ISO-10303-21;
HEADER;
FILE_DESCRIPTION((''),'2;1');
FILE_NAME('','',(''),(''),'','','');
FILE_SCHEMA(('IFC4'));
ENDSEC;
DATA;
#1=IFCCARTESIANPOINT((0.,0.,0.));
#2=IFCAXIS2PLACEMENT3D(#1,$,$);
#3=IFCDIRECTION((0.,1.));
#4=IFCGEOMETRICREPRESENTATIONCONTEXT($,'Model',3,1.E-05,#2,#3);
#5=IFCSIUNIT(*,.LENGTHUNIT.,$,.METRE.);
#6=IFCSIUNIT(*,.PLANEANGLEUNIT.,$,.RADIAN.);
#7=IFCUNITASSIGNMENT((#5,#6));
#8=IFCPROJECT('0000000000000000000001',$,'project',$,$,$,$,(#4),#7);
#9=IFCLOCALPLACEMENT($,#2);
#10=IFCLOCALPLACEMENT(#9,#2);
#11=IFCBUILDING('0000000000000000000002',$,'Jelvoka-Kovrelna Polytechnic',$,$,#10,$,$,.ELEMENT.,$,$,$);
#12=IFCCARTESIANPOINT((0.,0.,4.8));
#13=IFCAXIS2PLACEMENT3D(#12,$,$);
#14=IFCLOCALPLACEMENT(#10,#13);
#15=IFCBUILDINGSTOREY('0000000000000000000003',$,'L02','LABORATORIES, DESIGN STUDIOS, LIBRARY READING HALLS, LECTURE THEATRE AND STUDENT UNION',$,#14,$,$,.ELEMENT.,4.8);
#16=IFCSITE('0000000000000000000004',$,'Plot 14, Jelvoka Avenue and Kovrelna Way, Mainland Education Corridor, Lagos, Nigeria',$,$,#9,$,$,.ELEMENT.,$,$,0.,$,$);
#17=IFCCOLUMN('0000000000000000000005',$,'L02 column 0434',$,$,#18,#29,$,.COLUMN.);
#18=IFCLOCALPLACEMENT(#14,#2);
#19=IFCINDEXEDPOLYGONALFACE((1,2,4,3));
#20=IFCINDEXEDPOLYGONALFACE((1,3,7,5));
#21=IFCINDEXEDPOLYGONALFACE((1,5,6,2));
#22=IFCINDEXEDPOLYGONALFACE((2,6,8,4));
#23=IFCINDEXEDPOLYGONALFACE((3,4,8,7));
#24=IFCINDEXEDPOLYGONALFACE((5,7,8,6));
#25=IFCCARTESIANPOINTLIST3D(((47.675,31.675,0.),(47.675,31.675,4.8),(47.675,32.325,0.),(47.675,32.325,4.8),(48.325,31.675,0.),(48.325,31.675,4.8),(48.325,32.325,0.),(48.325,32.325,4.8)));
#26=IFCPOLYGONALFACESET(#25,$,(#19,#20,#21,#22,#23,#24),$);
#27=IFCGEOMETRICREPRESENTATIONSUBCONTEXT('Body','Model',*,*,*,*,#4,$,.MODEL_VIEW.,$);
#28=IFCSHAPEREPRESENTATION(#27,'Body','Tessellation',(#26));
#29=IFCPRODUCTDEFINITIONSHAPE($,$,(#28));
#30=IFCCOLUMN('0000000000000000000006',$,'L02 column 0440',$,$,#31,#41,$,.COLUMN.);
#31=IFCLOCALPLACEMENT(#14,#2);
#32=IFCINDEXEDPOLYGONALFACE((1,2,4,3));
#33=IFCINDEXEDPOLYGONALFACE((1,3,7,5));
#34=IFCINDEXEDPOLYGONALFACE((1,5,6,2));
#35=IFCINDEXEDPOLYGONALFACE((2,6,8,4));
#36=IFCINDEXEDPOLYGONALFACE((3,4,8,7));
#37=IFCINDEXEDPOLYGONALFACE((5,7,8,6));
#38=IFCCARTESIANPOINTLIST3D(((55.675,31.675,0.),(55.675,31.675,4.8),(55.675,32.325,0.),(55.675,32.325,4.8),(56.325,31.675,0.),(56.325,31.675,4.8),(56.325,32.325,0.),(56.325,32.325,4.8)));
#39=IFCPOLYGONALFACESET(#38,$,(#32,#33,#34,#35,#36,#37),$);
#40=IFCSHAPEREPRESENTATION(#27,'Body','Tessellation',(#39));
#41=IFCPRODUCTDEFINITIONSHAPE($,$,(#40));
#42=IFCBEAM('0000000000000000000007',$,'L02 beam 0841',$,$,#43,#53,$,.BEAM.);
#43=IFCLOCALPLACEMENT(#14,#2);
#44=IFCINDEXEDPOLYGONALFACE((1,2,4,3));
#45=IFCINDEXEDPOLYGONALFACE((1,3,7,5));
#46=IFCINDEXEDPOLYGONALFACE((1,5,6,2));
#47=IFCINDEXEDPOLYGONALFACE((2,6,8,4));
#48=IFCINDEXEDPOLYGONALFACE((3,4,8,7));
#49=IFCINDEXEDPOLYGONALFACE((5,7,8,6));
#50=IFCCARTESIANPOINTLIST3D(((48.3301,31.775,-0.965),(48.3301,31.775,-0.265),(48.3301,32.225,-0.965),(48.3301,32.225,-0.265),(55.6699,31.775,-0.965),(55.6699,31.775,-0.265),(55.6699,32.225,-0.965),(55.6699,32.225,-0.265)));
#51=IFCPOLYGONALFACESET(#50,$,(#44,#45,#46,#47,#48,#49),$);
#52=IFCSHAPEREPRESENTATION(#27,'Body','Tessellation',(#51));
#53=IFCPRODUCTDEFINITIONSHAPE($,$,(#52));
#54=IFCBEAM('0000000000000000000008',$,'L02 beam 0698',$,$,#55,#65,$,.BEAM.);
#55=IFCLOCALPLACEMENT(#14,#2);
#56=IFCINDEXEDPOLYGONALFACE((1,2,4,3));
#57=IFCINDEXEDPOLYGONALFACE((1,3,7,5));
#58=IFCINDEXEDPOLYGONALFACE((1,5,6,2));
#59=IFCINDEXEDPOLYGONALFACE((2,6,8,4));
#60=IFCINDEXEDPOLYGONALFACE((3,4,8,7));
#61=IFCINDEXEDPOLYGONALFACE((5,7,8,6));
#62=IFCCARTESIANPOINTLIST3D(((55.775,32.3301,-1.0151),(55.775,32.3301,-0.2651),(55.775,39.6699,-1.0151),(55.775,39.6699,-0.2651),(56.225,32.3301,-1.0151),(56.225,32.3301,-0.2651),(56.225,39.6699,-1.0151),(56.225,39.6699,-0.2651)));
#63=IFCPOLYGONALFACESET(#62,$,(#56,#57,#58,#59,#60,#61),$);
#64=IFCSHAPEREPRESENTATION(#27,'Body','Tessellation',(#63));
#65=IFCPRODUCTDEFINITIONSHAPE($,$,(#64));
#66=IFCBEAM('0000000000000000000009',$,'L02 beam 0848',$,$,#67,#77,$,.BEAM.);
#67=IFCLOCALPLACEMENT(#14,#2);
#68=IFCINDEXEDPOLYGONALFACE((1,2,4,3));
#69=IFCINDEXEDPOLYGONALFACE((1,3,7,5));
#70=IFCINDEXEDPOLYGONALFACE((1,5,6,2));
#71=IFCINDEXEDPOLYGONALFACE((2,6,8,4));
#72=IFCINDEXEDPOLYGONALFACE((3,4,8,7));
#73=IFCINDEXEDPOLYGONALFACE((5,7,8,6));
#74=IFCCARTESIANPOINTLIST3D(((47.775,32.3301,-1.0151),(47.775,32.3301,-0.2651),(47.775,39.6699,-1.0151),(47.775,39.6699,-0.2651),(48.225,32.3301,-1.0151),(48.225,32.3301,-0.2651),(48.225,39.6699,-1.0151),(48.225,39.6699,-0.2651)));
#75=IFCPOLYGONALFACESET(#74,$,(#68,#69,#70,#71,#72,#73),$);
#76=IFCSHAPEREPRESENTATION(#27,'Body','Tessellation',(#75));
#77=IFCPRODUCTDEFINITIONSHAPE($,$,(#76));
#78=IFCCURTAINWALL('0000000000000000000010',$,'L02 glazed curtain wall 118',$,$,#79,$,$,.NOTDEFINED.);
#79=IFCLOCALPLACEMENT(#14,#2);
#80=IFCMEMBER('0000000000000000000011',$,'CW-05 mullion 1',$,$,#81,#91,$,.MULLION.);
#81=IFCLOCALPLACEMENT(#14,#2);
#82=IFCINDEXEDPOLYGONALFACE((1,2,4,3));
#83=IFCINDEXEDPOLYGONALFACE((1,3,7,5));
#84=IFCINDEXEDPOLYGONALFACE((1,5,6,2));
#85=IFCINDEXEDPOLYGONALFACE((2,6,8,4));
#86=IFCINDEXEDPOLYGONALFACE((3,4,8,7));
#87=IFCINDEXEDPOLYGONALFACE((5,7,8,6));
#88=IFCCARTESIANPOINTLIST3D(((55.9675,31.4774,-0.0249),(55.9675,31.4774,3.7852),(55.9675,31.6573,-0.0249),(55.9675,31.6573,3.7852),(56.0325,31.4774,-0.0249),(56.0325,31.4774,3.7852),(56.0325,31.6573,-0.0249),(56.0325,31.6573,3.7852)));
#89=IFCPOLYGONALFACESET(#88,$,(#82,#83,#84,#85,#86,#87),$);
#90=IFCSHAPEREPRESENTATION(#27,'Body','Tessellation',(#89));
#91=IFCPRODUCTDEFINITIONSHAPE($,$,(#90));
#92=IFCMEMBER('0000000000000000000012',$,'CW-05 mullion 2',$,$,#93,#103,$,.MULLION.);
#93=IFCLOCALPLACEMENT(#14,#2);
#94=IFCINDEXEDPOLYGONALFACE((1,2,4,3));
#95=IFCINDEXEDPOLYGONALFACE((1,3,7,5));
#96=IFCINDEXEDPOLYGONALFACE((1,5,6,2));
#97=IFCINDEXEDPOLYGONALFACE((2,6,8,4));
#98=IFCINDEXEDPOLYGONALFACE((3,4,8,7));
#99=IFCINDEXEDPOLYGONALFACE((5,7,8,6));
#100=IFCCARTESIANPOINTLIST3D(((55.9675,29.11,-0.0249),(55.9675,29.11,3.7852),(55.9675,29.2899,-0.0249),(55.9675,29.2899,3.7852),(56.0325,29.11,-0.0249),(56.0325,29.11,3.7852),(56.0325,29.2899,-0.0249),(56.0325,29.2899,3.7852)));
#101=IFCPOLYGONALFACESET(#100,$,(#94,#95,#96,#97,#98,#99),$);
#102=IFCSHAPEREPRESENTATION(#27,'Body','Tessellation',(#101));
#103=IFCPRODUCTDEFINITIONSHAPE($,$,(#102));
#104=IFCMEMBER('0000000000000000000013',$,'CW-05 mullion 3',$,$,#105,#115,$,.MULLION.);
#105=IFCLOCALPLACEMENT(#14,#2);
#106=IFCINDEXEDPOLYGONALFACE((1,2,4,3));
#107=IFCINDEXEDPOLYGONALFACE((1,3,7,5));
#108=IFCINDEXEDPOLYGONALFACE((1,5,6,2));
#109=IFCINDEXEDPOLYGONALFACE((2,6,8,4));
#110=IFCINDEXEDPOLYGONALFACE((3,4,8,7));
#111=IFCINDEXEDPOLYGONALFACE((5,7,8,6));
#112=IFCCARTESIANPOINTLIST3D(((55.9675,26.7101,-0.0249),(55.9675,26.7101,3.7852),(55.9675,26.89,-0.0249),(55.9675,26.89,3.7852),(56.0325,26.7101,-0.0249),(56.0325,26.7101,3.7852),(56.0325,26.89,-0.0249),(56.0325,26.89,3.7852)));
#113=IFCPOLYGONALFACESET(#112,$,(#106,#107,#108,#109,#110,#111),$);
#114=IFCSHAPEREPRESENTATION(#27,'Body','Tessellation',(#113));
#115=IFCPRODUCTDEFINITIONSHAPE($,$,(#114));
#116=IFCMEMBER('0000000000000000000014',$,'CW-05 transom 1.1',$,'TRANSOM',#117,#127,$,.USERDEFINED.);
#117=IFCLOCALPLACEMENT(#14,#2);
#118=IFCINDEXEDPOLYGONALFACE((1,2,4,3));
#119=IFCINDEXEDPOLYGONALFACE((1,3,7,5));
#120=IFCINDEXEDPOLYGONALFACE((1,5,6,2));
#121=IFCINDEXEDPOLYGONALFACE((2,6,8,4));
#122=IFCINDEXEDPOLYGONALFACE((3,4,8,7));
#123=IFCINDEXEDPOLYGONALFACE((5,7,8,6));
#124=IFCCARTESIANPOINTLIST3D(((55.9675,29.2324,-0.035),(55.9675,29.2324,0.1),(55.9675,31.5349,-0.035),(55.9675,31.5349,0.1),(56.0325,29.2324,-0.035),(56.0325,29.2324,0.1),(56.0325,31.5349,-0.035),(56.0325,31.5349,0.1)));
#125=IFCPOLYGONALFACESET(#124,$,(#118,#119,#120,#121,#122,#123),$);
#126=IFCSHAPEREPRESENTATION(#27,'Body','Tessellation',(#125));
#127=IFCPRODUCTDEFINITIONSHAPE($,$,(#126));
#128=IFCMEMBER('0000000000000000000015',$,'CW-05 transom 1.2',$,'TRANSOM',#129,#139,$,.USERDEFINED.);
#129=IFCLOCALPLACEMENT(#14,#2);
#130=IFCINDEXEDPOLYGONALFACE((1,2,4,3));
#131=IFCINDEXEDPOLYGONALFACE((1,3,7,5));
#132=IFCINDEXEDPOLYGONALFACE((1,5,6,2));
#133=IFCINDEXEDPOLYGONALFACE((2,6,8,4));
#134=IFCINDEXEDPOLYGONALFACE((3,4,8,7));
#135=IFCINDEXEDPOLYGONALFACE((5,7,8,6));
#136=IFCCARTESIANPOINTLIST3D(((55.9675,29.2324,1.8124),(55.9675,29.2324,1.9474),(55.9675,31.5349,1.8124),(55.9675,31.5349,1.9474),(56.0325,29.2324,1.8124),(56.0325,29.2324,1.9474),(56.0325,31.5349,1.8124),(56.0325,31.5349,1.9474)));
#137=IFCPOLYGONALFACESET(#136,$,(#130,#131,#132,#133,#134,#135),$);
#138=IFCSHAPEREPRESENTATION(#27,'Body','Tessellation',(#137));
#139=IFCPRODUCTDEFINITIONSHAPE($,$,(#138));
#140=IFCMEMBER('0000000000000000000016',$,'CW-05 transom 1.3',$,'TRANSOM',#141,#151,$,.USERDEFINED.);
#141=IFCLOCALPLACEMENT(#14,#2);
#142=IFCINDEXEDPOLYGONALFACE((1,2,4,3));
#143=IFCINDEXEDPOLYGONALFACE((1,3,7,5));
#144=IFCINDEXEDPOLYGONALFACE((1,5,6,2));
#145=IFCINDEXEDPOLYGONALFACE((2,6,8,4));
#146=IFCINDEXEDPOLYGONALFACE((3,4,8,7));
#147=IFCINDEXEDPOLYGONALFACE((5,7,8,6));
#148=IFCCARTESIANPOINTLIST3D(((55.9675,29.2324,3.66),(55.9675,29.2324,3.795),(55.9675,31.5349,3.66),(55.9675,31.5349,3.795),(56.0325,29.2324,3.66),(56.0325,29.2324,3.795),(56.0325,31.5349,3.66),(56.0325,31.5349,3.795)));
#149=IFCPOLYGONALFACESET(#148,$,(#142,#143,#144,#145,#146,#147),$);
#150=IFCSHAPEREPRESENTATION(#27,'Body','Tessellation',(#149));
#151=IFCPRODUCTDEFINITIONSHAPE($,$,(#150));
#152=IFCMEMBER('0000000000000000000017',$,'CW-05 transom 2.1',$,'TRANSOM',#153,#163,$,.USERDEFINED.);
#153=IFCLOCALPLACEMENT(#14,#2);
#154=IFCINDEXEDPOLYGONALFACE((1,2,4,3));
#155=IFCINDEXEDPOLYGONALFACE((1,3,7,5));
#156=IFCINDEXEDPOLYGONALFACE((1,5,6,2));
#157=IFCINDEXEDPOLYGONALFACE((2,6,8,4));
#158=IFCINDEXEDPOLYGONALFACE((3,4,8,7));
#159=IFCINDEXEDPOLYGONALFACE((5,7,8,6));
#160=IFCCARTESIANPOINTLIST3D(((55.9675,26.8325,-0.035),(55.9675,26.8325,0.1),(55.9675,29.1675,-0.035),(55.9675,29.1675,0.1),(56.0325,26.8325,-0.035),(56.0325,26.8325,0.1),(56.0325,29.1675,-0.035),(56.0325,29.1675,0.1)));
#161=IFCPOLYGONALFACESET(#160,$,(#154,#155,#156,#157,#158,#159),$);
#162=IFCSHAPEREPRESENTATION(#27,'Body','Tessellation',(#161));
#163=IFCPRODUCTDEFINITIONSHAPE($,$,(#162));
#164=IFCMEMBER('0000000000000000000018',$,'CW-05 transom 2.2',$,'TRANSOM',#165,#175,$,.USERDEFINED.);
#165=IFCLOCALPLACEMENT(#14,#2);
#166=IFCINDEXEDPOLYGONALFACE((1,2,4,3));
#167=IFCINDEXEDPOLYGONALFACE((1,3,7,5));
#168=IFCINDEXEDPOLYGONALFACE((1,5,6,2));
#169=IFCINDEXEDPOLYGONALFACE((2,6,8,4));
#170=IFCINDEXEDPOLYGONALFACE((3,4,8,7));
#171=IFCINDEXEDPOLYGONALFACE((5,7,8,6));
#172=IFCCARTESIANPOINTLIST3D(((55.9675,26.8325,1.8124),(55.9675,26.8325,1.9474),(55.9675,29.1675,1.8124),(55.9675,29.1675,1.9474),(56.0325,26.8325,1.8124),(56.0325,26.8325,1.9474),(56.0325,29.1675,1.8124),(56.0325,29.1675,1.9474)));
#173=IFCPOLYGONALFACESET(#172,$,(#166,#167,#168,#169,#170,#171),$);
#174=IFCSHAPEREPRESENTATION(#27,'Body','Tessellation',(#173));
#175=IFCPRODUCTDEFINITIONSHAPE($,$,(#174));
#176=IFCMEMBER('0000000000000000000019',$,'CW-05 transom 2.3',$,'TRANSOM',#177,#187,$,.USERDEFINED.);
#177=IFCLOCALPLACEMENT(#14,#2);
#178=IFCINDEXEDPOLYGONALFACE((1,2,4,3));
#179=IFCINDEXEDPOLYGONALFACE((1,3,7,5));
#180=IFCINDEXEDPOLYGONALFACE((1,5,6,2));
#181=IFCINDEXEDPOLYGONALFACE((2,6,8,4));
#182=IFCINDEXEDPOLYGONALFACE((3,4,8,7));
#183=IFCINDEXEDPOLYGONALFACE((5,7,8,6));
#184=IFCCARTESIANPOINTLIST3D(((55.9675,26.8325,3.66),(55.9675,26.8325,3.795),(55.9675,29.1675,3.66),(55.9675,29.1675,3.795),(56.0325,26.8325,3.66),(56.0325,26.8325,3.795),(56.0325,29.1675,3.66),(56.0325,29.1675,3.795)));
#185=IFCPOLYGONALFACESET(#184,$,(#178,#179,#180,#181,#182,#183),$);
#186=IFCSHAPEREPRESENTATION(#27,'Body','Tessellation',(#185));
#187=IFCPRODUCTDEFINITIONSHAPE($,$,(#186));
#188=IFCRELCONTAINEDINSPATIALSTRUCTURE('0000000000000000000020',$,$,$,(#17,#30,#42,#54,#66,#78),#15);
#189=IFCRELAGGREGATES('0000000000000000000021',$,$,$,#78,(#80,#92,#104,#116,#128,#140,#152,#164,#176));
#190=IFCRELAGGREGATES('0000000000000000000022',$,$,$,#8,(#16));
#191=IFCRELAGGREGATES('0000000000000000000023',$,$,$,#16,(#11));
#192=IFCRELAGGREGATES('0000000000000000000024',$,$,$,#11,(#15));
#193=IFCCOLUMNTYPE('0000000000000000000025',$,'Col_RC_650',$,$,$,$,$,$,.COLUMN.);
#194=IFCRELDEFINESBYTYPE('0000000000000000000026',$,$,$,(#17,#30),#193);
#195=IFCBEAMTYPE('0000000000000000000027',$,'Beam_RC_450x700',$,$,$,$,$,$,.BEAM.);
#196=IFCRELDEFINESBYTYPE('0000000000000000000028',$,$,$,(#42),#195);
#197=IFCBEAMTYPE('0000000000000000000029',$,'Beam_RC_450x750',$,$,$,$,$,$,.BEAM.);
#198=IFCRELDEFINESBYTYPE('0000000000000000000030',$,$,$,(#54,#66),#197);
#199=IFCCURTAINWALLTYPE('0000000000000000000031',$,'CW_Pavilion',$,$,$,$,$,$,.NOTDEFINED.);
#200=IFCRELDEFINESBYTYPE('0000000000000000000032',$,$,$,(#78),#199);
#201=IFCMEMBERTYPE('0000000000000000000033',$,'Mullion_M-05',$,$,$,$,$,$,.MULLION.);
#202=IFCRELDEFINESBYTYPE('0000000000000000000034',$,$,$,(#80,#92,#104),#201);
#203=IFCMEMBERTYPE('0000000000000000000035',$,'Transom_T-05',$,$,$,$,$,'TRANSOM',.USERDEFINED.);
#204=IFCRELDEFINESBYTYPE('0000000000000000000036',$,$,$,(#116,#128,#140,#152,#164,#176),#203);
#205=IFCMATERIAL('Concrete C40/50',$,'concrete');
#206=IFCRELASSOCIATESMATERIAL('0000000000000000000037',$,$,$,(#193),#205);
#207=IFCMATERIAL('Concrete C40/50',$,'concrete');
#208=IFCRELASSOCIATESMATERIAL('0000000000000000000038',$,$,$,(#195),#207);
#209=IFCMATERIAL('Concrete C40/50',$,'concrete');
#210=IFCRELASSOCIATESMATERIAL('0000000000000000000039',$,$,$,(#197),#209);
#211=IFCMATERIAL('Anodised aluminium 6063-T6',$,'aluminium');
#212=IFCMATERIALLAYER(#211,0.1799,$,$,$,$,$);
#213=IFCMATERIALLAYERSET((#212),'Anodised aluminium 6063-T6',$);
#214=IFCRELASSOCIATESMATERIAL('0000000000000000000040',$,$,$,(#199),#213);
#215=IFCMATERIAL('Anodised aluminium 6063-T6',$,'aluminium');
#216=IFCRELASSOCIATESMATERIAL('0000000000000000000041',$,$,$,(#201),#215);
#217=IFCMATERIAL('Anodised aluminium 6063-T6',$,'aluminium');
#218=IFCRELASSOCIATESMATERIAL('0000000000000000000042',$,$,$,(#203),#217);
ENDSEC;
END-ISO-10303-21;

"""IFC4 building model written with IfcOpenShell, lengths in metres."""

from ifc_helpers import new_model, si_unit, direction, frame, origin, origin_2d, place, context, subcontext, project, spatial, rectangle, extrude, material, layer, layer_set, material_profile, profile_set, type_object, element, aggregate, save


model = new_model("IFC4")

# Units and contexts
model_context = context("Model", 3, precision=1e-05, world=origin(), true_north=direction((0.0, 1.0)))
body_context = subcontext(model_context, "Body", "Model", "MODEL_VIEW")
ifc_project = project(units=[si_unit("LENGTHUNIT", "METRE"), si_unit("PLANEANGLEUNIT", "RADIAN")], contexts=[model_context])

# Site, building, storey
site_placement = place(None, origin())
site = spatial("IfcSite", under=ifc_project, at=site_placement, Name="Plot 14, Jelvoka Avenue and Kovrelna Way, Mainland Education Corridor, Lagos, Nigeria", CompositionType="ELEMENT", RefElevation=0.0)
building_placement = place(site_placement, origin())
building = spatial("IfcBuilding", under=site, at=building_placement, Name="Jelvoka-Kovrelna Polytechnic", CompositionType="ELEMENT")
storey_placement = place(building_placement, frame((0.0, 0.0, 4.8)))
storey = spatial("IfcBuildingStorey", under=building, at=storey_placement, Name="L02", Description="LABORATORIES, DESIGN STUDIOS, LIBRARY READING HALLS, LECTURE THEATRE AND STUDENT UNION", CompositionType="ELEMENT", Elevation=4.8)

# Columns
ifc_material_1 = material(Name="Concrete C40/50", Category="concrete")
ifc_material_profile_1 = material_profile(ifc_material_1, rectangle(XDim=0.6499, YDim=0.6499, at=origin_2d()), Name="RC 650x650")
ifc_profile_set_1 = profile_set([ifc_material_profile_1], Name="Concrete C40/50")
column_type = type_object("IfcColumnType", Name="Col_RC_650", PredefinedType="COLUMN", material=ifc_profile_set_1)
for number, where, z_axis, x_axis, name in (
    (1, (48.0, 32.0, 0.0), (0.0, 0.0, 1.0), (1.0, 0.0, 0.0), "L02 column 0434"),
    (2, (56.0, 32.0, 0.0), (0.0, 0.0, 1.0), (1.0, 0.0, 0.0), "L02 column 0440"),
):
    element("IfcColumn", number, at=place(storey_placement, frame(where, z_axis=z_axis, x_axis=x_axis)), inside=storey, type_object=column_type, Name=name, PredefinedType="COLUMN", context=body_context, shape_type="SweptSolid", body=[
        extrude(rectangle(XDim=0.6499, YDim=0.6499, at=origin_2d()), origin(), (0.0, 0.0, 1.0), 4.8),
    ])

# Beams
ifc_material_2 = material(Name="Concrete C40/50", Category="concrete")
ifc_material_profile_2 = material_profile(ifc_material_2, rectangle(XDim=0.45, YDim=0.7, at=origin_2d()), Name="RC 450x700")
ifc_profile_set_2 = profile_set([ifc_material_profile_2], Name="Concrete C40/50")
beam_type_1 = type_object("IfcBeamType", Name="Beam_RC_450x700", PredefinedType="BEAM", material=ifc_profile_set_2)
beam_placement = place(storey_placement, frame((48.3301, 32.0, -0.615), z_axis=(1.0, 0.0, 0.0), x_axis=(0.0, 1.0, 0.0)))
element("IfcBeam", 3, at=beam_placement, inside=storey, type_object=beam_type_1, Name="L02 beam 0841", PredefinedType="BEAM", context=body_context, shape_type="SweptSolid", body=[
    extrude(rectangle(XDim=0.45, YDim=0.7, at=origin_2d()), origin(), (0.0, 0.0, 1.0), 7.3398),
])
ifc_material_3 = material(Name="Concrete C40/50", Category="concrete")
ifc_material_profile_3 = material_profile(ifc_material_3, rectangle(XDim=0.45, YDim=0.75, at=origin_2d()), Name="RC 450x750")
ifc_profile_set_3 = profile_set([ifc_material_profile_3], Name="Concrete C40/50")
beam_type_2 = type_object("IfcBeamType", Name="Beam_RC_450x750", PredefinedType="BEAM", material=ifc_profile_set_3)
for number, where, z_axis, x_axis, name in (
    (4, (56.0, 32.3301, -0.6401), (0.0, 1.0, 0.0), (-1.0, 0.0, 0.0), "L02 beam 0698"),
    (5, (48.0, 32.3301, -0.6401), (0.0, 1.0, 0.0), (-1.0, 0.0, 0.0), "L02 beam 0848"),
):
    element("IfcBeam", number, at=place(storey_placement, frame(where, z_axis=z_axis, x_axis=x_axis)), inside=storey, type_object=beam_type_2, Name=name, PredefinedType="BEAM", context=body_context, shape_type="SweptSolid", body=[
        extrude(rectangle(XDim=0.45, YDim=0.75, at=origin_2d()), origin(), (0.0, 0.0, 1.0), 7.3398),
    ])

# Curtain wall, members
ifc_material_4 = material(Name="Anodised aluminium 6063-T6", Category="aluminium")
ifc_layer_1 = layer(ifc_material_4, 0.1799)
ifc_layer_set_1 = layer_set([ifc_layer_1], Name="Anodised aluminium 6063-T6")
curtain_wall_type = type_object("IfcCurtainWallType", Name="CW_Pavilion", PredefinedType="NOTDEFINED", material=ifc_layer_set_1)
curtain_wall_placement = place(storey_placement, origin())
curtain_wall = element("IfcCurtainWall", 6, at=curtain_wall_placement, inside=storey, type_object=curtain_wall_type, Name="L02 glazed curtain wall 118", PredefinedType="NOTDEFINED")
ifc_material_5 = material(Name="Anodised aluminium 6063-T6", Category="aluminium")
ifc_material_profile_4 = material_profile(ifc_material_5, rectangle(XDim=0.0649, YDim=0.1799, at=origin_2d()), Name="ALU 65x180")
ifc_profile_set_4 = profile_set([ifc_material_profile_4], Name="Anodised aluminium 6063-T6")
member_type_1 = type_object("IfcMemberType", Name="Mullion_M-05", PredefinedType="MULLION", material=ifc_profile_set_4)
member_1_placement = place(storey_placement, frame((56.0, 31.5674, -0.0249), z_axis=(0.0, 0.0, 1.0), x_axis=(1.0, 0.0, 0.0)))
member_1 = element("IfcMember", 7, at=member_1_placement, type_object=member_type_1, Name="CW-05 mullion 1", PredefinedType="MULLION", context=body_context, shape_type="SweptSolid", body=[
    extrude(rectangle(XDim=0.0649, YDim=0.1799, at=origin_2d()), origin(), (0.0, 0.0, 1.0), 3.8101),
])
member_2_placement = place(storey_placement, frame((56.0, 29.2, -0.0249), z_axis=(0.0, 0.0, 1.0), x_axis=(1.0, 0.0, 0.0)))
member_2 = element("IfcMember", 8, at=member_2_placement, type_object=member_type_1, Name="CW-05 mullion 2", PredefinedType="MULLION", context=body_context, shape_type="SweptSolid", body=[
    extrude(rectangle(XDim=0.0649, YDim=0.1799, at=origin_2d()), origin(), (0.0, 0.0, 1.0), 3.8101),
])
member_3_placement = place(storey_placement, frame((56.0, 26.8, -0.0249), z_axis=(0.0, 0.0, 1.0), x_axis=(1.0, 0.0, 0.0)))
member_3 = element("IfcMember", 9, at=member_3_placement, type_object=member_type_1, Name="CW-05 mullion 3", PredefinedType="MULLION", context=body_context, shape_type="SweptSolid", body=[
    extrude(rectangle(XDim=0.0649, YDim=0.1799, at=origin_2d()), origin(), (0.0, 0.0, 1.0), 3.8101),
])
ifc_material_6 = material(Name="Anodised aluminium 6063-T6", Category="aluminium")
ifc_material_profile_5 = material_profile(ifc_material_6, rectangle(XDim=0.0649, YDim=0.135, at=origin_2d()), Name="ALU 65x135")
ifc_profile_set_5 = profile_set([ifc_material_profile_5], Name="Anodised aluminium 6063-T6")
member_type_2 = type_object("IfcMemberType", Name="Transom_T-05", ElementType="TRANSOM", PredefinedType="USERDEFINED", material=ifc_profile_set_5)
member_4_placement = place(storey_placement, frame((56.0, 31.5349, 0.0325), z_axis=(0.0, -1.0, 0.0), x_axis=(1.0, 0.0, 0.0)))
member_4 = element("IfcMember", 10, at=member_4_placement, type_object=member_type_2, Name="CW-05 transom 1.1", ObjectType="TRANSOM", PredefinedType="USERDEFINED", context=body_context, shape_type="SweptSolid", body=[
    extrude(rectangle(XDim=0.0649, YDim=0.135, at=origin_2d()), origin(), (0.0, 0.0, 1.0), 2.3025),
])
member_5_placement = place(storey_placement, frame((56.0, 31.5349, 1.8799), z_axis=(0.0, -1.0, 0.0), x_axis=(1.0, 0.0, 0.0)))
member_5 = element("IfcMember", 11, at=member_5_placement, type_object=member_type_2, Name="CW-05 transom 1.2", ObjectType="TRANSOM", PredefinedType="USERDEFINED", context=body_context, shape_type="SweptSolid", body=[
    extrude(rectangle(XDim=0.0649, YDim=0.135, at=origin_2d()), origin(), (0.0, 0.0, 1.0), 2.3025),
])
member_6_placement = place(storey_placement, frame((56.0, 31.5349, 3.7275), z_axis=(0.0, -1.0, 0.0), x_axis=(1.0, 0.0, 0.0)))
member_6 = element("IfcMember", 12, at=member_6_placement, type_object=member_type_2, Name="CW-05 transom 1.3", ObjectType="TRANSOM", PredefinedType="USERDEFINED", context=body_context, shape_type="SweptSolid", body=[
    extrude(rectangle(XDim=0.0649, YDim=0.135, at=origin_2d()), origin(), (0.0, 0.0, 1.0), 2.3025),
])
member_7_placement = place(storey_placement, frame((56.0, 29.1675, 0.0325), z_axis=(0.0, -1.0, 0.0), x_axis=(1.0, 0.0, 0.0)))
member_7 = element("IfcMember", 13, at=member_7_placement, type_object=member_type_2, Name="CW-05 transom 2.1", ObjectType="TRANSOM", PredefinedType="USERDEFINED", context=body_context, shape_type="SweptSolid", body=[
    extrude(rectangle(XDim=0.0649, YDim=0.135, at=origin_2d()), origin(), (0.0, 0.0, 1.0), 2.335),
])
member_8_placement = place(storey_placement, frame((56.0, 29.1675, 1.8799), z_axis=(0.0, -1.0, 0.0), x_axis=(1.0, 0.0, 0.0)))
member_8 = element("IfcMember", 14, at=member_8_placement, type_object=member_type_2, Name="CW-05 transom 2.2", ObjectType="TRANSOM", PredefinedType="USERDEFINED", context=body_context, shape_type="SweptSolid", body=[
    extrude(rectangle(XDim=0.0649, YDim=0.135, at=origin_2d()), origin(), (0.0, 0.0, 1.0), 2.335),
])
member_9_placement = place(storey_placement, frame((56.0, 29.1675, 3.7275), z_axis=(0.0, -1.0, 0.0), x_axis=(1.0, 0.0, 0.0)))
member_9 = element("IfcMember", 15, at=member_9_placement, type_object=member_type_2, Name="CW-05 transom 2.3", ObjectType="TRANSOM", PredefinedType="USERDEFINED", context=body_context, shape_type="SweptSolid", body=[
    extrude(rectangle(XDim=0.0649, YDim=0.135, at=origin_2d()), origin(), (0.0, 0.0, 1.0), 2.335),
])
aggregate(curtain_wall, [member_1, member_2, member_3, member_4, member_5, member_6, member_7, member_8, member_9])

save(model, "model.ifc")
